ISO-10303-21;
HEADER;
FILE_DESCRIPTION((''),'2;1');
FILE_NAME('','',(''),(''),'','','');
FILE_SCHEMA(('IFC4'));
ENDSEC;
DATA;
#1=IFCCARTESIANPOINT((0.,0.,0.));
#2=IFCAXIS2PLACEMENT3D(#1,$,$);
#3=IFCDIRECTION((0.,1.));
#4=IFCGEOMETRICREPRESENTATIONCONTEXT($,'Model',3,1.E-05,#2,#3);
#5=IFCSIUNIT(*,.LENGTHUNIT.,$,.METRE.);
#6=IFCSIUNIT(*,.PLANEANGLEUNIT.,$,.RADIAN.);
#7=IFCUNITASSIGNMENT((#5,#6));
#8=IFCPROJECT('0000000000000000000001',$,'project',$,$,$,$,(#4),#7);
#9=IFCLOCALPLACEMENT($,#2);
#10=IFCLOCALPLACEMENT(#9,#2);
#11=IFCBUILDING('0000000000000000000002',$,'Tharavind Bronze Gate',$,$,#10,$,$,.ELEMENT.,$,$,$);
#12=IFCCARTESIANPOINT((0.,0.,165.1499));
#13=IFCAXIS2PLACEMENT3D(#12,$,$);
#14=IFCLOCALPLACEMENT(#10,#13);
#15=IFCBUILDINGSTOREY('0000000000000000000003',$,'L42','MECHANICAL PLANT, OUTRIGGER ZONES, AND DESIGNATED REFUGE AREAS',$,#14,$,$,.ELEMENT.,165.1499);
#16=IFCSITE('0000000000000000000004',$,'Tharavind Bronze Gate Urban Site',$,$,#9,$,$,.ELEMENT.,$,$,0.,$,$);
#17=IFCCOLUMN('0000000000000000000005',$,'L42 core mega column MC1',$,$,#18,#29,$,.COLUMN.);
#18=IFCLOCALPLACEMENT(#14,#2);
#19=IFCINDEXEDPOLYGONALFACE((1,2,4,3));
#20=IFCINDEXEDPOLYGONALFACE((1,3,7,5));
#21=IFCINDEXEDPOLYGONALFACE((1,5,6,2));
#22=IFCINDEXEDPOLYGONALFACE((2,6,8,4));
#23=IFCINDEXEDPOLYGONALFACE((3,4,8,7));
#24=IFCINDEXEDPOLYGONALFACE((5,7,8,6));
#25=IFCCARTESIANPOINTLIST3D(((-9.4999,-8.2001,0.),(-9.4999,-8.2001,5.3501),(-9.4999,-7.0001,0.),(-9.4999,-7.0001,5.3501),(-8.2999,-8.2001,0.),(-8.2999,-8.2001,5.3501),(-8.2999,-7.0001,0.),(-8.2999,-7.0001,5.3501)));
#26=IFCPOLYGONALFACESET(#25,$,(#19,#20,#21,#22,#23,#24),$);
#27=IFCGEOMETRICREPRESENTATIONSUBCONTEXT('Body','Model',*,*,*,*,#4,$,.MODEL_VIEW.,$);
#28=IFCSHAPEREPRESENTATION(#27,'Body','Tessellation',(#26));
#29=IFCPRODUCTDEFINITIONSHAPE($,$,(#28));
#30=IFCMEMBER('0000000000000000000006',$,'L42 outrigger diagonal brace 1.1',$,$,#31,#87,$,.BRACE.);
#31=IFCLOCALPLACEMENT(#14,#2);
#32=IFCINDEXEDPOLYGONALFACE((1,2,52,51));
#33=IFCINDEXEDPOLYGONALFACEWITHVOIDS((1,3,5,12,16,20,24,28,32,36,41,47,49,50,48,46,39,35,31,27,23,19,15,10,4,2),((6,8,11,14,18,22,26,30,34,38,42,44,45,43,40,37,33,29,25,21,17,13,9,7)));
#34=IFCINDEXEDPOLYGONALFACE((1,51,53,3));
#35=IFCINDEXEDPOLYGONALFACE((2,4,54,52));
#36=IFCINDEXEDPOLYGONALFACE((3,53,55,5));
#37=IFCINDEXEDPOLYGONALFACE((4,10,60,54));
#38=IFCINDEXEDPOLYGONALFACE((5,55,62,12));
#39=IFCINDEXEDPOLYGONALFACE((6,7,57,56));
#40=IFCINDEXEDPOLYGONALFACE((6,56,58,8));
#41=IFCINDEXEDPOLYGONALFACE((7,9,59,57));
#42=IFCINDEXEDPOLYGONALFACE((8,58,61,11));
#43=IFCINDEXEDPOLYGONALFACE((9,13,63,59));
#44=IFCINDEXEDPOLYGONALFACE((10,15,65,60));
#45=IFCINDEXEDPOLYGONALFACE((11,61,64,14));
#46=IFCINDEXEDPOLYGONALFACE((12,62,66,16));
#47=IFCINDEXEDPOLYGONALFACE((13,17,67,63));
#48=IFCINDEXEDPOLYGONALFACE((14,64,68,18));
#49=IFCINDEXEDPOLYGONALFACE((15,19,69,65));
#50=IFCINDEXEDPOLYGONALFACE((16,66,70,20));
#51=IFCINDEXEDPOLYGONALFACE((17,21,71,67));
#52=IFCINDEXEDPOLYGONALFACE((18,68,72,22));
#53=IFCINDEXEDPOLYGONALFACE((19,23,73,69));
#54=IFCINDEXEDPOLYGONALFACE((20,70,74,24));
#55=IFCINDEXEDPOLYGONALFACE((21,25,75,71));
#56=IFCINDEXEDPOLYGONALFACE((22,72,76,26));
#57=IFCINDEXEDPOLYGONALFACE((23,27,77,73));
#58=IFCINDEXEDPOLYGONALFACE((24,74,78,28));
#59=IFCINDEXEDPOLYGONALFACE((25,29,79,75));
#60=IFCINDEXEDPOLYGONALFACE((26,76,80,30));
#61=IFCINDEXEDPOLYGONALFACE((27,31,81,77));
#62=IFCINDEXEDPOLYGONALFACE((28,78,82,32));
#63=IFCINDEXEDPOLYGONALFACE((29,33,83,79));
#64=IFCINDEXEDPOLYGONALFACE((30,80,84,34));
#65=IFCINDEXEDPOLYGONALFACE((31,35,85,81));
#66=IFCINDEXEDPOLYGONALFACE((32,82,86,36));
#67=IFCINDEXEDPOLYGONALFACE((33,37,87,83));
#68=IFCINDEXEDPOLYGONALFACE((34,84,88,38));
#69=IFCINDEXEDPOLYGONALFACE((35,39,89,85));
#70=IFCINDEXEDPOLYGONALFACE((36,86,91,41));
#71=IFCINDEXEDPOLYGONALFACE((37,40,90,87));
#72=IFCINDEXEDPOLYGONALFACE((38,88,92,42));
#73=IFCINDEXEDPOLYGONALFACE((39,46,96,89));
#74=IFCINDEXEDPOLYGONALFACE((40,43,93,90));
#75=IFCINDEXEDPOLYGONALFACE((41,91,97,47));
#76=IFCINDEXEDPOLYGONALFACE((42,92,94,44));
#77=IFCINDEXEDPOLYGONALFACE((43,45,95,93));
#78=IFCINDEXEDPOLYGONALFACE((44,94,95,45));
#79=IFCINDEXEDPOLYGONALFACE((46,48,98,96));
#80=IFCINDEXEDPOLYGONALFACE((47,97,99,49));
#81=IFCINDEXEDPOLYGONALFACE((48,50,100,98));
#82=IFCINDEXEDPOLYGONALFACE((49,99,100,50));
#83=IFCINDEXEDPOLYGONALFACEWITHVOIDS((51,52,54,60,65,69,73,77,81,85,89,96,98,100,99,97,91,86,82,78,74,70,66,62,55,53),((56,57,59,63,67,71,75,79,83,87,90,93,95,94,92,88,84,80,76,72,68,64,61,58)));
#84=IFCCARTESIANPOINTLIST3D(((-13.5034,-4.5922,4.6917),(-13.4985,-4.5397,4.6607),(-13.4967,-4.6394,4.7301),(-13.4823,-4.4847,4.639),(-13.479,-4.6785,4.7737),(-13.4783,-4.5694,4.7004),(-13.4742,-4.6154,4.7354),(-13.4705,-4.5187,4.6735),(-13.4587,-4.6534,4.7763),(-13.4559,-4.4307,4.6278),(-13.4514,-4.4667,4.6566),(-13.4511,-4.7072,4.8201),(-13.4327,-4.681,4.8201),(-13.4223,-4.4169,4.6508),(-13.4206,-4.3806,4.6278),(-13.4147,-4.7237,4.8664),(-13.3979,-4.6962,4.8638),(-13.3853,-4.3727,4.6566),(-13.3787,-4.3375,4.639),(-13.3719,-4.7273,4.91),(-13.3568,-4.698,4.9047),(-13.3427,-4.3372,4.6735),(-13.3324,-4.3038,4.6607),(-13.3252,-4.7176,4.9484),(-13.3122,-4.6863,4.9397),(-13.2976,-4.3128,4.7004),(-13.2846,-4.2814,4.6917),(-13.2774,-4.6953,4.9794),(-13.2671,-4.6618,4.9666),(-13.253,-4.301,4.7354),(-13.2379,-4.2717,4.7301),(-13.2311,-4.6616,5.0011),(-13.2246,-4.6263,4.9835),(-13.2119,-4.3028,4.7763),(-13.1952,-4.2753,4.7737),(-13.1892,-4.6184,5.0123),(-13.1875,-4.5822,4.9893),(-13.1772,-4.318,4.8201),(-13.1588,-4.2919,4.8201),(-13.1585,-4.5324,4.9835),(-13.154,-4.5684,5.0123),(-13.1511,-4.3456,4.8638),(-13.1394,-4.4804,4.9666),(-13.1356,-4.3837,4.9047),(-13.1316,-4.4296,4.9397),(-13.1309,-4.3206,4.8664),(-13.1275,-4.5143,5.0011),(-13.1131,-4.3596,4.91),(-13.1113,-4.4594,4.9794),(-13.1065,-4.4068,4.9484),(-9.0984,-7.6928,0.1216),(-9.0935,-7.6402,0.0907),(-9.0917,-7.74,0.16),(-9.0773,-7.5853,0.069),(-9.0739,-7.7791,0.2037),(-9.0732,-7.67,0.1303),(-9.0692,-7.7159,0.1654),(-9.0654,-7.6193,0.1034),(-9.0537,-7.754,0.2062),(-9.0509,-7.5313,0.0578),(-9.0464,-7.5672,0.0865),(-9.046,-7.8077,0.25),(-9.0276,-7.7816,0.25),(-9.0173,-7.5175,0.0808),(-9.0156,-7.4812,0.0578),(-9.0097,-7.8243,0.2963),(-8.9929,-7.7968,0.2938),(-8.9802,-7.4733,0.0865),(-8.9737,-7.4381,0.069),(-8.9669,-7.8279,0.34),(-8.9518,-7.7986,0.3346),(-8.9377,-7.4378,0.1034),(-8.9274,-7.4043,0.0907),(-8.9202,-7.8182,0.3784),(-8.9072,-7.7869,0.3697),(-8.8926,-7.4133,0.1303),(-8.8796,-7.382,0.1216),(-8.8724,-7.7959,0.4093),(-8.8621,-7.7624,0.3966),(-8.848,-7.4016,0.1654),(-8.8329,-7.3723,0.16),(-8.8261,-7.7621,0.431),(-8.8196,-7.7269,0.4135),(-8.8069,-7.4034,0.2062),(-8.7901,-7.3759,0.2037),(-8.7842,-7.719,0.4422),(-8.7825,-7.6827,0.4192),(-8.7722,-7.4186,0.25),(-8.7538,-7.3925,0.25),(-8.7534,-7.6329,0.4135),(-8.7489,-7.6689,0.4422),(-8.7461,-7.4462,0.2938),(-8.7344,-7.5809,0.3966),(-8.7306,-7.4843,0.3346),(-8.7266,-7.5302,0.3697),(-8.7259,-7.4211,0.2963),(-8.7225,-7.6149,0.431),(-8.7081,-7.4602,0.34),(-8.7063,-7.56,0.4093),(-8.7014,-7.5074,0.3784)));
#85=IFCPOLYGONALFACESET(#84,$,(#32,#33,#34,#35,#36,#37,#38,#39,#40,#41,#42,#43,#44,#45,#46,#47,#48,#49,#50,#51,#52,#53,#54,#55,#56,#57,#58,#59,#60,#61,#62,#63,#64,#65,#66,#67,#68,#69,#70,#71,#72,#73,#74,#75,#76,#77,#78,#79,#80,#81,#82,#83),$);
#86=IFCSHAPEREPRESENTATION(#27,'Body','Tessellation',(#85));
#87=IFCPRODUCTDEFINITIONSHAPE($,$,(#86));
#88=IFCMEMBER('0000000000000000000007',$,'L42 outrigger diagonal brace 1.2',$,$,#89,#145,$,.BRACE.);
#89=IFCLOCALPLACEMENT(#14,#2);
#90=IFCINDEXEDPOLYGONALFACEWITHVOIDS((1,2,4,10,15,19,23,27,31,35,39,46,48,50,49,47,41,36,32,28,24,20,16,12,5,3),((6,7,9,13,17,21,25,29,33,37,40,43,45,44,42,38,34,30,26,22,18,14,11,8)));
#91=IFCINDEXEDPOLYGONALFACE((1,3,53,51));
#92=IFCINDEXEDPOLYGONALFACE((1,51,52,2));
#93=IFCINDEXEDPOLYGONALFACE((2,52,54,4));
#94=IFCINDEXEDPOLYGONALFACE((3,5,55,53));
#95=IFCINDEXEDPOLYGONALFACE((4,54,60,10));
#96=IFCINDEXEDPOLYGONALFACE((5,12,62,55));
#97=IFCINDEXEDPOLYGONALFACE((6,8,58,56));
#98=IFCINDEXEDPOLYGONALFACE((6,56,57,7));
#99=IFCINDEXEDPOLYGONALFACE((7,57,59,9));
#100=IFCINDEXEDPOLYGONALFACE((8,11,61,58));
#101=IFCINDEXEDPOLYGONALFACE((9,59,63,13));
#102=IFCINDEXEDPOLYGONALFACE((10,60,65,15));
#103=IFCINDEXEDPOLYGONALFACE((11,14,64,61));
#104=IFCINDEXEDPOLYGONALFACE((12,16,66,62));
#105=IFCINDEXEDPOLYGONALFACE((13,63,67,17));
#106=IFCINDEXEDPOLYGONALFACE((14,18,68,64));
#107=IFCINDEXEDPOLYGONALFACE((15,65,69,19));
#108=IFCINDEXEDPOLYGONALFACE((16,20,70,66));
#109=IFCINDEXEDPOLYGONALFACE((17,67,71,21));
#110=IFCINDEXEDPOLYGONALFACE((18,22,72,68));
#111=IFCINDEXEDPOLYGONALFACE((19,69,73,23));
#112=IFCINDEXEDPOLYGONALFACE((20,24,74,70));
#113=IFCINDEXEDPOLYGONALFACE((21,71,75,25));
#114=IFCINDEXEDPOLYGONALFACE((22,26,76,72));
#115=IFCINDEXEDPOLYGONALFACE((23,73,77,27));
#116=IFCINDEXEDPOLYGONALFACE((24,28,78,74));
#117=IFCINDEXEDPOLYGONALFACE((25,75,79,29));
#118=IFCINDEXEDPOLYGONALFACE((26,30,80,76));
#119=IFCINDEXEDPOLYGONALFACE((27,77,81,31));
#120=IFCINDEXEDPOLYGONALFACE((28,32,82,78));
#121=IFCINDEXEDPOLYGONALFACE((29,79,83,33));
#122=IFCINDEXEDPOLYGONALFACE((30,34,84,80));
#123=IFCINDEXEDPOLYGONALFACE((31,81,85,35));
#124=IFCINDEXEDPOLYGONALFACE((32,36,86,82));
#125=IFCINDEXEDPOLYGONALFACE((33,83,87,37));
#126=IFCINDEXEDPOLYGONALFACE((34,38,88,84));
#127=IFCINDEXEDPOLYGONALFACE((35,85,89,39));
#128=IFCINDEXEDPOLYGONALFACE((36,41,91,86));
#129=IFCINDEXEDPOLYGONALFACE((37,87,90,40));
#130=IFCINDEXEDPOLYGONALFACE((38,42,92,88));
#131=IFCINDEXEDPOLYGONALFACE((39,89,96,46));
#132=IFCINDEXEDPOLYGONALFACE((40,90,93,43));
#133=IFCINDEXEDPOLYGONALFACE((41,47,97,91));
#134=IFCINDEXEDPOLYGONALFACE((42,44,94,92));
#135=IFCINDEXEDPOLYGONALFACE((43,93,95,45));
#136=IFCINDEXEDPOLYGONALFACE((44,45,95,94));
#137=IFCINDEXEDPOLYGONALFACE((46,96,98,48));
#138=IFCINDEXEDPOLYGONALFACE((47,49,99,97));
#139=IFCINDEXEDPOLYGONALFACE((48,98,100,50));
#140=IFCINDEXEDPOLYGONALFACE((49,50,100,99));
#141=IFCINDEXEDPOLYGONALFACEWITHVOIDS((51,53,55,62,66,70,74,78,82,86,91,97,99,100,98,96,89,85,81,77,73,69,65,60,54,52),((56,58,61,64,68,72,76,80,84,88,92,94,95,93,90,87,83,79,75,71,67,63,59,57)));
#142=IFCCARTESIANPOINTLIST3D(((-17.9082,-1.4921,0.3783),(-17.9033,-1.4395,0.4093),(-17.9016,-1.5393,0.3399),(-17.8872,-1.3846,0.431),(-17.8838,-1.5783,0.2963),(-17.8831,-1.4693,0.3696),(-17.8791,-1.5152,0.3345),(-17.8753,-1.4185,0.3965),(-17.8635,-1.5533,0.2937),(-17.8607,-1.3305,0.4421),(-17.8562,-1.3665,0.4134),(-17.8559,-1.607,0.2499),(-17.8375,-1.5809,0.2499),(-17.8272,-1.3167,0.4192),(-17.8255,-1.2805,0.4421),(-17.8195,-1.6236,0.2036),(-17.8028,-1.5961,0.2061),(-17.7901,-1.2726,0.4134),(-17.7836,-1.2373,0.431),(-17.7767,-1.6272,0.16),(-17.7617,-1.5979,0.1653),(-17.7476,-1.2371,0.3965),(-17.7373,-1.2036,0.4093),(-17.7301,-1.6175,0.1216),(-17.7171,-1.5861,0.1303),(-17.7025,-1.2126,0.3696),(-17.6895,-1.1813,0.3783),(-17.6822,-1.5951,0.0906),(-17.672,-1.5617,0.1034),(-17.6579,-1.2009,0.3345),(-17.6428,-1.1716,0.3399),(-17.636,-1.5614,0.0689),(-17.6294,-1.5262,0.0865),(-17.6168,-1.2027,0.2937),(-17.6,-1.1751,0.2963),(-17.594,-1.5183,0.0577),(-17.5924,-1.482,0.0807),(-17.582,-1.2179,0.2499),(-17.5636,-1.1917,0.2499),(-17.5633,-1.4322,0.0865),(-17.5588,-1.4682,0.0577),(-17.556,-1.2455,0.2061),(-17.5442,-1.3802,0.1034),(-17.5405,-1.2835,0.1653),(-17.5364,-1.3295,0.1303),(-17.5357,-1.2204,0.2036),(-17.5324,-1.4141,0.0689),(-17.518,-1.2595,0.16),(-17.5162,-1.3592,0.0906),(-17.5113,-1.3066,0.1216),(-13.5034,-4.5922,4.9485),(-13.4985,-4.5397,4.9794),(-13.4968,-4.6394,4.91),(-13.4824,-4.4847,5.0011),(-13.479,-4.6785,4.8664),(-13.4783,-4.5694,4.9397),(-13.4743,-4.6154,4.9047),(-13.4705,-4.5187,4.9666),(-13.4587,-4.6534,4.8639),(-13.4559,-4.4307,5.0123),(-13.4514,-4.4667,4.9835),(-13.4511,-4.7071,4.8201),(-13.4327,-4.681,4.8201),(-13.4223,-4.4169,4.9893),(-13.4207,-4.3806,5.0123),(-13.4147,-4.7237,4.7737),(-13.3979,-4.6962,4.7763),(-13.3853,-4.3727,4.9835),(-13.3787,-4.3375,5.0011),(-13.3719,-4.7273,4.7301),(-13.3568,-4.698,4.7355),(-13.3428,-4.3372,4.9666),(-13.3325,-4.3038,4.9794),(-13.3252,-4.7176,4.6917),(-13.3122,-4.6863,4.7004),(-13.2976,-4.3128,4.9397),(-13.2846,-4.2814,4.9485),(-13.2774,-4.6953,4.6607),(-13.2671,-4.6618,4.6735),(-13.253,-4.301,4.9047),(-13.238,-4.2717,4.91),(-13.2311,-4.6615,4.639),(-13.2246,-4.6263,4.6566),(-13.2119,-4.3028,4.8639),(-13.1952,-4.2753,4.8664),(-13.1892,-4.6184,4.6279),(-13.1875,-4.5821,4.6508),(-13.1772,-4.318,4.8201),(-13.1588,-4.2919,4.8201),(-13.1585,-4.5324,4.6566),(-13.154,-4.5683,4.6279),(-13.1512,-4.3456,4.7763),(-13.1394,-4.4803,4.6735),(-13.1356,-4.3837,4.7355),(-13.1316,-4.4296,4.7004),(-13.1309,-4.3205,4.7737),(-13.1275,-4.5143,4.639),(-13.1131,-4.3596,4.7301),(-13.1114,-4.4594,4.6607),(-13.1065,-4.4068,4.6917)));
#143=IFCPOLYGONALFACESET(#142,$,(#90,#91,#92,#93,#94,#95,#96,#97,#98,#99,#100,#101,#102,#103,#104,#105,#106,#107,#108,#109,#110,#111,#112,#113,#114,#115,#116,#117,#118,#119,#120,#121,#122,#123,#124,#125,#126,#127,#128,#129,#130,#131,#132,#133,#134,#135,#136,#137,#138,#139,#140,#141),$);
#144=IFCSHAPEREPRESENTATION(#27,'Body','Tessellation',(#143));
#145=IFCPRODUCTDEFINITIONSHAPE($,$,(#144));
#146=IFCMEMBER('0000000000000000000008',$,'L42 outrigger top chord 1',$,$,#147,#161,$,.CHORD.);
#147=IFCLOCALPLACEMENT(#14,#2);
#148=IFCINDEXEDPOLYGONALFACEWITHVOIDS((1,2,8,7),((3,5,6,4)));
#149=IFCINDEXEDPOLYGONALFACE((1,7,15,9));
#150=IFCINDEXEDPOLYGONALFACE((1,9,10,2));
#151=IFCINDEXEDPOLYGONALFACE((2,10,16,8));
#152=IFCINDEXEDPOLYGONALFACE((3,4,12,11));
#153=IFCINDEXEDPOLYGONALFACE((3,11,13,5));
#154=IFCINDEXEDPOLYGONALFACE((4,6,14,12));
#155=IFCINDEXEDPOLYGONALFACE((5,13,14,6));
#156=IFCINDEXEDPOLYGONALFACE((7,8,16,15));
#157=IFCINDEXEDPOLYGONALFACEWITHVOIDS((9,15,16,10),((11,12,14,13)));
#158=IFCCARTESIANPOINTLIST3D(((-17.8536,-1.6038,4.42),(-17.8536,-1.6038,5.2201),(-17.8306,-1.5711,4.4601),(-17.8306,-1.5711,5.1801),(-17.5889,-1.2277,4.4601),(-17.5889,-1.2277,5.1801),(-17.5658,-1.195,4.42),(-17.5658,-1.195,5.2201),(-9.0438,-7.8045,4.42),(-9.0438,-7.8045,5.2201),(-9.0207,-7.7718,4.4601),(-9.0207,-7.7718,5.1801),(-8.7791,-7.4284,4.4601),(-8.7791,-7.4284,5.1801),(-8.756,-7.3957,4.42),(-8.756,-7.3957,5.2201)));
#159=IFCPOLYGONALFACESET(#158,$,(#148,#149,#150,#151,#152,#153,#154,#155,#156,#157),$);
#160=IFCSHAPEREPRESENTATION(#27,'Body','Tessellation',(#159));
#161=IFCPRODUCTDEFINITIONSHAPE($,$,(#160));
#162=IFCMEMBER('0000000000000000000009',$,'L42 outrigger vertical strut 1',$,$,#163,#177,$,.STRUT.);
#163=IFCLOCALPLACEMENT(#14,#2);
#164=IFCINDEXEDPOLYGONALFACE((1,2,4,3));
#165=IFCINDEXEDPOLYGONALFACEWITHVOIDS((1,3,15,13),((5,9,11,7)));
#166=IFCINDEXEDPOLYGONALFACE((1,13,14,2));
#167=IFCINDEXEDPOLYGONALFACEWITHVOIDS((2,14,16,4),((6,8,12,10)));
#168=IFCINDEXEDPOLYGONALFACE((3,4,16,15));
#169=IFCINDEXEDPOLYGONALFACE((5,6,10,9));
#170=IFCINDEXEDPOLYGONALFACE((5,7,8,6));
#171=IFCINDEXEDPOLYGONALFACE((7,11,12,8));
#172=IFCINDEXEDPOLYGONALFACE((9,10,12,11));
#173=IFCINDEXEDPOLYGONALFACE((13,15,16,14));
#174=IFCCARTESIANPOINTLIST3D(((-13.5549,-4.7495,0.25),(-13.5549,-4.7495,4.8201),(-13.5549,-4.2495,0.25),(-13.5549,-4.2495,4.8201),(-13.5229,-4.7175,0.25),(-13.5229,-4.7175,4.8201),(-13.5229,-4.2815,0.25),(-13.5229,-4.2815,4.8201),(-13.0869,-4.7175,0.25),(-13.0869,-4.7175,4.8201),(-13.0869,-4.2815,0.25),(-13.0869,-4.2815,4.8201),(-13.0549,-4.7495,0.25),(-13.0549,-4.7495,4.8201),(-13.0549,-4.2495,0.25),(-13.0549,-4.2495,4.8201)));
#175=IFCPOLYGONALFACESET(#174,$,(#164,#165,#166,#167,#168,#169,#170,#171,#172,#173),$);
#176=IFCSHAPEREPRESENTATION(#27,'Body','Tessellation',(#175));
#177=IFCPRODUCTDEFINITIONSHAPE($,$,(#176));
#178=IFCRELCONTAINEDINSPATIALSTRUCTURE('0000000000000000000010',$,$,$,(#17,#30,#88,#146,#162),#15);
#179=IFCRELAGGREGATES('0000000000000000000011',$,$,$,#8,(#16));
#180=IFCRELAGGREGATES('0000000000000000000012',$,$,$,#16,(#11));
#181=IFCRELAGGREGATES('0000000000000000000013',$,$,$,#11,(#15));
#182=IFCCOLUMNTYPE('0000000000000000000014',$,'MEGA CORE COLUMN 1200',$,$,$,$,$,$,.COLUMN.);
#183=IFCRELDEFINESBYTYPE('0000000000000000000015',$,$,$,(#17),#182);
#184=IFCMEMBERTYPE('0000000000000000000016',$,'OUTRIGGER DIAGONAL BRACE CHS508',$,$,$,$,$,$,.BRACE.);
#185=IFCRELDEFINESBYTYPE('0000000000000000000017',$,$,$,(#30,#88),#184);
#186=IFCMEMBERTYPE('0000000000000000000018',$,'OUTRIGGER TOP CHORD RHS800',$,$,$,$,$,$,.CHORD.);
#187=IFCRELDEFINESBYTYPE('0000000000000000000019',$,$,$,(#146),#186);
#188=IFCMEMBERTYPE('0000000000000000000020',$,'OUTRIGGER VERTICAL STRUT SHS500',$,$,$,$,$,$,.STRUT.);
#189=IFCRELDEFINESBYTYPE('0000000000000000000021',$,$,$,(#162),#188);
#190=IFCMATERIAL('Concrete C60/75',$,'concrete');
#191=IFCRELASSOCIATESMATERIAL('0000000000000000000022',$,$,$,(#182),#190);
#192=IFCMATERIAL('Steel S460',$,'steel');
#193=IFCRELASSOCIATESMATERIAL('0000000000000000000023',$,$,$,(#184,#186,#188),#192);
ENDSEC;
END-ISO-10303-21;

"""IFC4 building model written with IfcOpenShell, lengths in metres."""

from ifc_helpers import new_model, si_unit, direction, frame, origin, origin_2d, place, context, subcontext, project, spatial, rectangle, hollow_rectangle, hollow_circle, extrude, material, material_profile, profile_set, type_object, element, save


model = new_model("IFC4")

# Units and contexts
model_context = context("Model", 3, precision=1e-05, world=origin(), true_north=direction((0.0, 1.0)))
body_context = subcontext(model_context, "Body", "Model", "MODEL_VIEW")
ifc_project = project(units=[si_unit("LENGTHUNIT", "METRE"), si_unit("PLANEANGLEUNIT", "RADIAN")], contexts=[model_context])

# Site, building, storey
site_placement = place(None, origin())
site = spatial("IfcSite", under=ifc_project, at=site_placement, Name="Tharavind Bronze Gate Urban Site", CompositionType="ELEMENT", RefElevation=0.0)
building_placement = place(site_placement, origin())
building = spatial("IfcBuilding", under=site, at=building_placement, Name="Tharavind Bronze Gate", CompositionType="ELEMENT")
storey_placement = place(building_placement, frame((0.0, 0.0, 165.1499)))
storey = spatial("IfcBuildingStorey", under=building, at=storey_placement, Name="L42", Description="MECHANICAL PLANT, OUTRIGGER ZONES, AND DESIGNATED REFUGE AREAS", CompositionType="ELEMENT", Elevation=165.1499)

# Column
ifc_material_1 = material(Name="Concrete C60/75", Category="concrete")
ifc_material_profile_1 = material_profile(ifc_material_1, rectangle(XDim=1.2, YDim=1.2, at=origin_2d()), Name="RCCOL1200")
ifc_profile_set_1 = profile_set([ifc_material_profile_1], Name="Concrete C60/75")
column_type = type_object("IfcColumnType", Name="MEGA CORE COLUMN 1200", PredefinedType="COLUMN", material=ifc_profile_set_1)
column_placement = place(storey_placement, frame((-8.8999, -7.6001, 0.0), z_axis=(0.0, 0.0, 1.0), x_axis=(1.0, 0.0, 0.0)))
element("IfcColumn", 1, at=column_placement, inside=storey, type_object=column_type, Name="L42 core mega column MC1", PredefinedType="COLUMN", context=body_context, shape_type="SweptSolid", body=[
    extrude(rectangle(XDim=1.2, YDim=1.2, at=origin_2d()), origin(), (0.0, 0.0, 1.0), 5.3501),
])

# Members
ifc_material_2 = material(Name="Steel S460", Category="steel")
ifc_material_profile_2 = material_profile(ifc_material_2, hollow_circle(Radius=0.2539, WallThickness=0.032, at=origin_2d()), Name="CHS508X32")
ifc_profile_set_2 = profile_set([ifc_material_profile_2], Name="Steel S460")
member_type_1 = type_object("IfcMemberType", Name="OUTRIGGER DIAGONAL BRACE CHS508", PredefinedType="BRACE", material=ifc_profile_set_2)
member_1_placement = place(storey_placement, frame((-8.8999, -7.6001, 0.25), z_axis=(-0.623568, 0.438913, 0.64693), x_axis=(-0.575587, -0.817741, 0.0)))
element("IfcMember", 2, at=member_1_placement, inside=storey, type_object=member_type_1, Name="L42 outrigger diagonal brace 1.1", PredefinedType="BRACE", context=body_context, shape_type="SweptSolid", body=[
    extrude(hollow_circle(Radius=0.2539, WallThickness=0.032, at=origin_2d()), origin(), (0.0, 0.0, 1.0), 7.0642),
])
member_2_placement = place(storey_placement, frame((-13.3049, -4.4995, 4.8201), z_axis=(-0.623565, 0.438867, -0.646964), x_axis=(-0.575547, -0.817768, 0.0)))
element("IfcMember", 3, at=member_2_placement, inside=storey, type_object=member_type_1, Name="L42 outrigger diagonal brace 1.2", PredefinedType="BRACE", context=body_context, shape_type="SweptSolid", body=[
    extrude(hollow_circle(Radius=0.2539, WallThickness=0.032, at=origin_2d()), origin(), (0.0, 0.0, 1.0), 7.064),
])
ifc_material_profile_3 = material_profile(ifc_material_2, hollow_rectangle(XDim=0.5, YDim=0.8, WallThickness=0.04, at=origin_2d()), Name="RHS800X500X40")
ifc_profile_set_3 = profile_set([ifc_material_profile_3], Name="Steel S460")
member_type_2 = type_object("IfcMemberType", Name="OUTRIGGER TOP CHORD RHS800", PredefinedType="CHORD", material=ifc_profile_set_3)
member_3_placement = place(storey_placement, frame((-8.8999, -7.6001, 4.8201), z_axis=(-0.817755, 0.575567, 0.0), x_axis=(-0.575567, -0.817755, 0.0)))
element("IfcMember", 4, at=member_3_placement, inside=storey, type_object=member_type_2, Name="L42 outrigger top chord 1", PredefinedType="CHORD", context=body_context, shape_type="SweptSolid", body=[
    extrude(hollow_rectangle(XDim=0.5, YDim=0.8, WallThickness=0.04, at=origin_2d()), origin(), (0.0, 0.0, 1.0), 10.7732),
])
ifc_material_profile_4 = material_profile(ifc_material_2, hollow_rectangle(XDim=0.5, YDim=0.5, WallThickness=0.032, at=origin_2d()), Name="SHS500X32")
ifc_profile_set_4 = profile_set([ifc_material_profile_4], Name="Steel S460")
member_type_3 = type_object("IfcMemberType", Name="OUTRIGGER VERTICAL STRUT SHS500", PredefinedType="STRUT", material=ifc_profile_set_4)
member_4_placement = place(storey_placement, frame((-13.3049, -4.4995, 0.25), z_axis=(0.0, 0.0, 1.0), x_axis=(1.0, 0.0, 0.0)))
element("IfcMember", 5, at=member_4_placement, inside=storey, type_object=member_type_3, Name="L42 outrigger vertical strut 1", PredefinedType="STRUT", context=body_context, shape_type="SweptSolid", body=[
    extrude(hollow_rectangle(XDim=0.5, YDim=0.5, WallThickness=0.032, at=origin_2d()), origin(), (0.0, 0.0, 1.0), 4.5701),
])

save(model, "model.ifc")
